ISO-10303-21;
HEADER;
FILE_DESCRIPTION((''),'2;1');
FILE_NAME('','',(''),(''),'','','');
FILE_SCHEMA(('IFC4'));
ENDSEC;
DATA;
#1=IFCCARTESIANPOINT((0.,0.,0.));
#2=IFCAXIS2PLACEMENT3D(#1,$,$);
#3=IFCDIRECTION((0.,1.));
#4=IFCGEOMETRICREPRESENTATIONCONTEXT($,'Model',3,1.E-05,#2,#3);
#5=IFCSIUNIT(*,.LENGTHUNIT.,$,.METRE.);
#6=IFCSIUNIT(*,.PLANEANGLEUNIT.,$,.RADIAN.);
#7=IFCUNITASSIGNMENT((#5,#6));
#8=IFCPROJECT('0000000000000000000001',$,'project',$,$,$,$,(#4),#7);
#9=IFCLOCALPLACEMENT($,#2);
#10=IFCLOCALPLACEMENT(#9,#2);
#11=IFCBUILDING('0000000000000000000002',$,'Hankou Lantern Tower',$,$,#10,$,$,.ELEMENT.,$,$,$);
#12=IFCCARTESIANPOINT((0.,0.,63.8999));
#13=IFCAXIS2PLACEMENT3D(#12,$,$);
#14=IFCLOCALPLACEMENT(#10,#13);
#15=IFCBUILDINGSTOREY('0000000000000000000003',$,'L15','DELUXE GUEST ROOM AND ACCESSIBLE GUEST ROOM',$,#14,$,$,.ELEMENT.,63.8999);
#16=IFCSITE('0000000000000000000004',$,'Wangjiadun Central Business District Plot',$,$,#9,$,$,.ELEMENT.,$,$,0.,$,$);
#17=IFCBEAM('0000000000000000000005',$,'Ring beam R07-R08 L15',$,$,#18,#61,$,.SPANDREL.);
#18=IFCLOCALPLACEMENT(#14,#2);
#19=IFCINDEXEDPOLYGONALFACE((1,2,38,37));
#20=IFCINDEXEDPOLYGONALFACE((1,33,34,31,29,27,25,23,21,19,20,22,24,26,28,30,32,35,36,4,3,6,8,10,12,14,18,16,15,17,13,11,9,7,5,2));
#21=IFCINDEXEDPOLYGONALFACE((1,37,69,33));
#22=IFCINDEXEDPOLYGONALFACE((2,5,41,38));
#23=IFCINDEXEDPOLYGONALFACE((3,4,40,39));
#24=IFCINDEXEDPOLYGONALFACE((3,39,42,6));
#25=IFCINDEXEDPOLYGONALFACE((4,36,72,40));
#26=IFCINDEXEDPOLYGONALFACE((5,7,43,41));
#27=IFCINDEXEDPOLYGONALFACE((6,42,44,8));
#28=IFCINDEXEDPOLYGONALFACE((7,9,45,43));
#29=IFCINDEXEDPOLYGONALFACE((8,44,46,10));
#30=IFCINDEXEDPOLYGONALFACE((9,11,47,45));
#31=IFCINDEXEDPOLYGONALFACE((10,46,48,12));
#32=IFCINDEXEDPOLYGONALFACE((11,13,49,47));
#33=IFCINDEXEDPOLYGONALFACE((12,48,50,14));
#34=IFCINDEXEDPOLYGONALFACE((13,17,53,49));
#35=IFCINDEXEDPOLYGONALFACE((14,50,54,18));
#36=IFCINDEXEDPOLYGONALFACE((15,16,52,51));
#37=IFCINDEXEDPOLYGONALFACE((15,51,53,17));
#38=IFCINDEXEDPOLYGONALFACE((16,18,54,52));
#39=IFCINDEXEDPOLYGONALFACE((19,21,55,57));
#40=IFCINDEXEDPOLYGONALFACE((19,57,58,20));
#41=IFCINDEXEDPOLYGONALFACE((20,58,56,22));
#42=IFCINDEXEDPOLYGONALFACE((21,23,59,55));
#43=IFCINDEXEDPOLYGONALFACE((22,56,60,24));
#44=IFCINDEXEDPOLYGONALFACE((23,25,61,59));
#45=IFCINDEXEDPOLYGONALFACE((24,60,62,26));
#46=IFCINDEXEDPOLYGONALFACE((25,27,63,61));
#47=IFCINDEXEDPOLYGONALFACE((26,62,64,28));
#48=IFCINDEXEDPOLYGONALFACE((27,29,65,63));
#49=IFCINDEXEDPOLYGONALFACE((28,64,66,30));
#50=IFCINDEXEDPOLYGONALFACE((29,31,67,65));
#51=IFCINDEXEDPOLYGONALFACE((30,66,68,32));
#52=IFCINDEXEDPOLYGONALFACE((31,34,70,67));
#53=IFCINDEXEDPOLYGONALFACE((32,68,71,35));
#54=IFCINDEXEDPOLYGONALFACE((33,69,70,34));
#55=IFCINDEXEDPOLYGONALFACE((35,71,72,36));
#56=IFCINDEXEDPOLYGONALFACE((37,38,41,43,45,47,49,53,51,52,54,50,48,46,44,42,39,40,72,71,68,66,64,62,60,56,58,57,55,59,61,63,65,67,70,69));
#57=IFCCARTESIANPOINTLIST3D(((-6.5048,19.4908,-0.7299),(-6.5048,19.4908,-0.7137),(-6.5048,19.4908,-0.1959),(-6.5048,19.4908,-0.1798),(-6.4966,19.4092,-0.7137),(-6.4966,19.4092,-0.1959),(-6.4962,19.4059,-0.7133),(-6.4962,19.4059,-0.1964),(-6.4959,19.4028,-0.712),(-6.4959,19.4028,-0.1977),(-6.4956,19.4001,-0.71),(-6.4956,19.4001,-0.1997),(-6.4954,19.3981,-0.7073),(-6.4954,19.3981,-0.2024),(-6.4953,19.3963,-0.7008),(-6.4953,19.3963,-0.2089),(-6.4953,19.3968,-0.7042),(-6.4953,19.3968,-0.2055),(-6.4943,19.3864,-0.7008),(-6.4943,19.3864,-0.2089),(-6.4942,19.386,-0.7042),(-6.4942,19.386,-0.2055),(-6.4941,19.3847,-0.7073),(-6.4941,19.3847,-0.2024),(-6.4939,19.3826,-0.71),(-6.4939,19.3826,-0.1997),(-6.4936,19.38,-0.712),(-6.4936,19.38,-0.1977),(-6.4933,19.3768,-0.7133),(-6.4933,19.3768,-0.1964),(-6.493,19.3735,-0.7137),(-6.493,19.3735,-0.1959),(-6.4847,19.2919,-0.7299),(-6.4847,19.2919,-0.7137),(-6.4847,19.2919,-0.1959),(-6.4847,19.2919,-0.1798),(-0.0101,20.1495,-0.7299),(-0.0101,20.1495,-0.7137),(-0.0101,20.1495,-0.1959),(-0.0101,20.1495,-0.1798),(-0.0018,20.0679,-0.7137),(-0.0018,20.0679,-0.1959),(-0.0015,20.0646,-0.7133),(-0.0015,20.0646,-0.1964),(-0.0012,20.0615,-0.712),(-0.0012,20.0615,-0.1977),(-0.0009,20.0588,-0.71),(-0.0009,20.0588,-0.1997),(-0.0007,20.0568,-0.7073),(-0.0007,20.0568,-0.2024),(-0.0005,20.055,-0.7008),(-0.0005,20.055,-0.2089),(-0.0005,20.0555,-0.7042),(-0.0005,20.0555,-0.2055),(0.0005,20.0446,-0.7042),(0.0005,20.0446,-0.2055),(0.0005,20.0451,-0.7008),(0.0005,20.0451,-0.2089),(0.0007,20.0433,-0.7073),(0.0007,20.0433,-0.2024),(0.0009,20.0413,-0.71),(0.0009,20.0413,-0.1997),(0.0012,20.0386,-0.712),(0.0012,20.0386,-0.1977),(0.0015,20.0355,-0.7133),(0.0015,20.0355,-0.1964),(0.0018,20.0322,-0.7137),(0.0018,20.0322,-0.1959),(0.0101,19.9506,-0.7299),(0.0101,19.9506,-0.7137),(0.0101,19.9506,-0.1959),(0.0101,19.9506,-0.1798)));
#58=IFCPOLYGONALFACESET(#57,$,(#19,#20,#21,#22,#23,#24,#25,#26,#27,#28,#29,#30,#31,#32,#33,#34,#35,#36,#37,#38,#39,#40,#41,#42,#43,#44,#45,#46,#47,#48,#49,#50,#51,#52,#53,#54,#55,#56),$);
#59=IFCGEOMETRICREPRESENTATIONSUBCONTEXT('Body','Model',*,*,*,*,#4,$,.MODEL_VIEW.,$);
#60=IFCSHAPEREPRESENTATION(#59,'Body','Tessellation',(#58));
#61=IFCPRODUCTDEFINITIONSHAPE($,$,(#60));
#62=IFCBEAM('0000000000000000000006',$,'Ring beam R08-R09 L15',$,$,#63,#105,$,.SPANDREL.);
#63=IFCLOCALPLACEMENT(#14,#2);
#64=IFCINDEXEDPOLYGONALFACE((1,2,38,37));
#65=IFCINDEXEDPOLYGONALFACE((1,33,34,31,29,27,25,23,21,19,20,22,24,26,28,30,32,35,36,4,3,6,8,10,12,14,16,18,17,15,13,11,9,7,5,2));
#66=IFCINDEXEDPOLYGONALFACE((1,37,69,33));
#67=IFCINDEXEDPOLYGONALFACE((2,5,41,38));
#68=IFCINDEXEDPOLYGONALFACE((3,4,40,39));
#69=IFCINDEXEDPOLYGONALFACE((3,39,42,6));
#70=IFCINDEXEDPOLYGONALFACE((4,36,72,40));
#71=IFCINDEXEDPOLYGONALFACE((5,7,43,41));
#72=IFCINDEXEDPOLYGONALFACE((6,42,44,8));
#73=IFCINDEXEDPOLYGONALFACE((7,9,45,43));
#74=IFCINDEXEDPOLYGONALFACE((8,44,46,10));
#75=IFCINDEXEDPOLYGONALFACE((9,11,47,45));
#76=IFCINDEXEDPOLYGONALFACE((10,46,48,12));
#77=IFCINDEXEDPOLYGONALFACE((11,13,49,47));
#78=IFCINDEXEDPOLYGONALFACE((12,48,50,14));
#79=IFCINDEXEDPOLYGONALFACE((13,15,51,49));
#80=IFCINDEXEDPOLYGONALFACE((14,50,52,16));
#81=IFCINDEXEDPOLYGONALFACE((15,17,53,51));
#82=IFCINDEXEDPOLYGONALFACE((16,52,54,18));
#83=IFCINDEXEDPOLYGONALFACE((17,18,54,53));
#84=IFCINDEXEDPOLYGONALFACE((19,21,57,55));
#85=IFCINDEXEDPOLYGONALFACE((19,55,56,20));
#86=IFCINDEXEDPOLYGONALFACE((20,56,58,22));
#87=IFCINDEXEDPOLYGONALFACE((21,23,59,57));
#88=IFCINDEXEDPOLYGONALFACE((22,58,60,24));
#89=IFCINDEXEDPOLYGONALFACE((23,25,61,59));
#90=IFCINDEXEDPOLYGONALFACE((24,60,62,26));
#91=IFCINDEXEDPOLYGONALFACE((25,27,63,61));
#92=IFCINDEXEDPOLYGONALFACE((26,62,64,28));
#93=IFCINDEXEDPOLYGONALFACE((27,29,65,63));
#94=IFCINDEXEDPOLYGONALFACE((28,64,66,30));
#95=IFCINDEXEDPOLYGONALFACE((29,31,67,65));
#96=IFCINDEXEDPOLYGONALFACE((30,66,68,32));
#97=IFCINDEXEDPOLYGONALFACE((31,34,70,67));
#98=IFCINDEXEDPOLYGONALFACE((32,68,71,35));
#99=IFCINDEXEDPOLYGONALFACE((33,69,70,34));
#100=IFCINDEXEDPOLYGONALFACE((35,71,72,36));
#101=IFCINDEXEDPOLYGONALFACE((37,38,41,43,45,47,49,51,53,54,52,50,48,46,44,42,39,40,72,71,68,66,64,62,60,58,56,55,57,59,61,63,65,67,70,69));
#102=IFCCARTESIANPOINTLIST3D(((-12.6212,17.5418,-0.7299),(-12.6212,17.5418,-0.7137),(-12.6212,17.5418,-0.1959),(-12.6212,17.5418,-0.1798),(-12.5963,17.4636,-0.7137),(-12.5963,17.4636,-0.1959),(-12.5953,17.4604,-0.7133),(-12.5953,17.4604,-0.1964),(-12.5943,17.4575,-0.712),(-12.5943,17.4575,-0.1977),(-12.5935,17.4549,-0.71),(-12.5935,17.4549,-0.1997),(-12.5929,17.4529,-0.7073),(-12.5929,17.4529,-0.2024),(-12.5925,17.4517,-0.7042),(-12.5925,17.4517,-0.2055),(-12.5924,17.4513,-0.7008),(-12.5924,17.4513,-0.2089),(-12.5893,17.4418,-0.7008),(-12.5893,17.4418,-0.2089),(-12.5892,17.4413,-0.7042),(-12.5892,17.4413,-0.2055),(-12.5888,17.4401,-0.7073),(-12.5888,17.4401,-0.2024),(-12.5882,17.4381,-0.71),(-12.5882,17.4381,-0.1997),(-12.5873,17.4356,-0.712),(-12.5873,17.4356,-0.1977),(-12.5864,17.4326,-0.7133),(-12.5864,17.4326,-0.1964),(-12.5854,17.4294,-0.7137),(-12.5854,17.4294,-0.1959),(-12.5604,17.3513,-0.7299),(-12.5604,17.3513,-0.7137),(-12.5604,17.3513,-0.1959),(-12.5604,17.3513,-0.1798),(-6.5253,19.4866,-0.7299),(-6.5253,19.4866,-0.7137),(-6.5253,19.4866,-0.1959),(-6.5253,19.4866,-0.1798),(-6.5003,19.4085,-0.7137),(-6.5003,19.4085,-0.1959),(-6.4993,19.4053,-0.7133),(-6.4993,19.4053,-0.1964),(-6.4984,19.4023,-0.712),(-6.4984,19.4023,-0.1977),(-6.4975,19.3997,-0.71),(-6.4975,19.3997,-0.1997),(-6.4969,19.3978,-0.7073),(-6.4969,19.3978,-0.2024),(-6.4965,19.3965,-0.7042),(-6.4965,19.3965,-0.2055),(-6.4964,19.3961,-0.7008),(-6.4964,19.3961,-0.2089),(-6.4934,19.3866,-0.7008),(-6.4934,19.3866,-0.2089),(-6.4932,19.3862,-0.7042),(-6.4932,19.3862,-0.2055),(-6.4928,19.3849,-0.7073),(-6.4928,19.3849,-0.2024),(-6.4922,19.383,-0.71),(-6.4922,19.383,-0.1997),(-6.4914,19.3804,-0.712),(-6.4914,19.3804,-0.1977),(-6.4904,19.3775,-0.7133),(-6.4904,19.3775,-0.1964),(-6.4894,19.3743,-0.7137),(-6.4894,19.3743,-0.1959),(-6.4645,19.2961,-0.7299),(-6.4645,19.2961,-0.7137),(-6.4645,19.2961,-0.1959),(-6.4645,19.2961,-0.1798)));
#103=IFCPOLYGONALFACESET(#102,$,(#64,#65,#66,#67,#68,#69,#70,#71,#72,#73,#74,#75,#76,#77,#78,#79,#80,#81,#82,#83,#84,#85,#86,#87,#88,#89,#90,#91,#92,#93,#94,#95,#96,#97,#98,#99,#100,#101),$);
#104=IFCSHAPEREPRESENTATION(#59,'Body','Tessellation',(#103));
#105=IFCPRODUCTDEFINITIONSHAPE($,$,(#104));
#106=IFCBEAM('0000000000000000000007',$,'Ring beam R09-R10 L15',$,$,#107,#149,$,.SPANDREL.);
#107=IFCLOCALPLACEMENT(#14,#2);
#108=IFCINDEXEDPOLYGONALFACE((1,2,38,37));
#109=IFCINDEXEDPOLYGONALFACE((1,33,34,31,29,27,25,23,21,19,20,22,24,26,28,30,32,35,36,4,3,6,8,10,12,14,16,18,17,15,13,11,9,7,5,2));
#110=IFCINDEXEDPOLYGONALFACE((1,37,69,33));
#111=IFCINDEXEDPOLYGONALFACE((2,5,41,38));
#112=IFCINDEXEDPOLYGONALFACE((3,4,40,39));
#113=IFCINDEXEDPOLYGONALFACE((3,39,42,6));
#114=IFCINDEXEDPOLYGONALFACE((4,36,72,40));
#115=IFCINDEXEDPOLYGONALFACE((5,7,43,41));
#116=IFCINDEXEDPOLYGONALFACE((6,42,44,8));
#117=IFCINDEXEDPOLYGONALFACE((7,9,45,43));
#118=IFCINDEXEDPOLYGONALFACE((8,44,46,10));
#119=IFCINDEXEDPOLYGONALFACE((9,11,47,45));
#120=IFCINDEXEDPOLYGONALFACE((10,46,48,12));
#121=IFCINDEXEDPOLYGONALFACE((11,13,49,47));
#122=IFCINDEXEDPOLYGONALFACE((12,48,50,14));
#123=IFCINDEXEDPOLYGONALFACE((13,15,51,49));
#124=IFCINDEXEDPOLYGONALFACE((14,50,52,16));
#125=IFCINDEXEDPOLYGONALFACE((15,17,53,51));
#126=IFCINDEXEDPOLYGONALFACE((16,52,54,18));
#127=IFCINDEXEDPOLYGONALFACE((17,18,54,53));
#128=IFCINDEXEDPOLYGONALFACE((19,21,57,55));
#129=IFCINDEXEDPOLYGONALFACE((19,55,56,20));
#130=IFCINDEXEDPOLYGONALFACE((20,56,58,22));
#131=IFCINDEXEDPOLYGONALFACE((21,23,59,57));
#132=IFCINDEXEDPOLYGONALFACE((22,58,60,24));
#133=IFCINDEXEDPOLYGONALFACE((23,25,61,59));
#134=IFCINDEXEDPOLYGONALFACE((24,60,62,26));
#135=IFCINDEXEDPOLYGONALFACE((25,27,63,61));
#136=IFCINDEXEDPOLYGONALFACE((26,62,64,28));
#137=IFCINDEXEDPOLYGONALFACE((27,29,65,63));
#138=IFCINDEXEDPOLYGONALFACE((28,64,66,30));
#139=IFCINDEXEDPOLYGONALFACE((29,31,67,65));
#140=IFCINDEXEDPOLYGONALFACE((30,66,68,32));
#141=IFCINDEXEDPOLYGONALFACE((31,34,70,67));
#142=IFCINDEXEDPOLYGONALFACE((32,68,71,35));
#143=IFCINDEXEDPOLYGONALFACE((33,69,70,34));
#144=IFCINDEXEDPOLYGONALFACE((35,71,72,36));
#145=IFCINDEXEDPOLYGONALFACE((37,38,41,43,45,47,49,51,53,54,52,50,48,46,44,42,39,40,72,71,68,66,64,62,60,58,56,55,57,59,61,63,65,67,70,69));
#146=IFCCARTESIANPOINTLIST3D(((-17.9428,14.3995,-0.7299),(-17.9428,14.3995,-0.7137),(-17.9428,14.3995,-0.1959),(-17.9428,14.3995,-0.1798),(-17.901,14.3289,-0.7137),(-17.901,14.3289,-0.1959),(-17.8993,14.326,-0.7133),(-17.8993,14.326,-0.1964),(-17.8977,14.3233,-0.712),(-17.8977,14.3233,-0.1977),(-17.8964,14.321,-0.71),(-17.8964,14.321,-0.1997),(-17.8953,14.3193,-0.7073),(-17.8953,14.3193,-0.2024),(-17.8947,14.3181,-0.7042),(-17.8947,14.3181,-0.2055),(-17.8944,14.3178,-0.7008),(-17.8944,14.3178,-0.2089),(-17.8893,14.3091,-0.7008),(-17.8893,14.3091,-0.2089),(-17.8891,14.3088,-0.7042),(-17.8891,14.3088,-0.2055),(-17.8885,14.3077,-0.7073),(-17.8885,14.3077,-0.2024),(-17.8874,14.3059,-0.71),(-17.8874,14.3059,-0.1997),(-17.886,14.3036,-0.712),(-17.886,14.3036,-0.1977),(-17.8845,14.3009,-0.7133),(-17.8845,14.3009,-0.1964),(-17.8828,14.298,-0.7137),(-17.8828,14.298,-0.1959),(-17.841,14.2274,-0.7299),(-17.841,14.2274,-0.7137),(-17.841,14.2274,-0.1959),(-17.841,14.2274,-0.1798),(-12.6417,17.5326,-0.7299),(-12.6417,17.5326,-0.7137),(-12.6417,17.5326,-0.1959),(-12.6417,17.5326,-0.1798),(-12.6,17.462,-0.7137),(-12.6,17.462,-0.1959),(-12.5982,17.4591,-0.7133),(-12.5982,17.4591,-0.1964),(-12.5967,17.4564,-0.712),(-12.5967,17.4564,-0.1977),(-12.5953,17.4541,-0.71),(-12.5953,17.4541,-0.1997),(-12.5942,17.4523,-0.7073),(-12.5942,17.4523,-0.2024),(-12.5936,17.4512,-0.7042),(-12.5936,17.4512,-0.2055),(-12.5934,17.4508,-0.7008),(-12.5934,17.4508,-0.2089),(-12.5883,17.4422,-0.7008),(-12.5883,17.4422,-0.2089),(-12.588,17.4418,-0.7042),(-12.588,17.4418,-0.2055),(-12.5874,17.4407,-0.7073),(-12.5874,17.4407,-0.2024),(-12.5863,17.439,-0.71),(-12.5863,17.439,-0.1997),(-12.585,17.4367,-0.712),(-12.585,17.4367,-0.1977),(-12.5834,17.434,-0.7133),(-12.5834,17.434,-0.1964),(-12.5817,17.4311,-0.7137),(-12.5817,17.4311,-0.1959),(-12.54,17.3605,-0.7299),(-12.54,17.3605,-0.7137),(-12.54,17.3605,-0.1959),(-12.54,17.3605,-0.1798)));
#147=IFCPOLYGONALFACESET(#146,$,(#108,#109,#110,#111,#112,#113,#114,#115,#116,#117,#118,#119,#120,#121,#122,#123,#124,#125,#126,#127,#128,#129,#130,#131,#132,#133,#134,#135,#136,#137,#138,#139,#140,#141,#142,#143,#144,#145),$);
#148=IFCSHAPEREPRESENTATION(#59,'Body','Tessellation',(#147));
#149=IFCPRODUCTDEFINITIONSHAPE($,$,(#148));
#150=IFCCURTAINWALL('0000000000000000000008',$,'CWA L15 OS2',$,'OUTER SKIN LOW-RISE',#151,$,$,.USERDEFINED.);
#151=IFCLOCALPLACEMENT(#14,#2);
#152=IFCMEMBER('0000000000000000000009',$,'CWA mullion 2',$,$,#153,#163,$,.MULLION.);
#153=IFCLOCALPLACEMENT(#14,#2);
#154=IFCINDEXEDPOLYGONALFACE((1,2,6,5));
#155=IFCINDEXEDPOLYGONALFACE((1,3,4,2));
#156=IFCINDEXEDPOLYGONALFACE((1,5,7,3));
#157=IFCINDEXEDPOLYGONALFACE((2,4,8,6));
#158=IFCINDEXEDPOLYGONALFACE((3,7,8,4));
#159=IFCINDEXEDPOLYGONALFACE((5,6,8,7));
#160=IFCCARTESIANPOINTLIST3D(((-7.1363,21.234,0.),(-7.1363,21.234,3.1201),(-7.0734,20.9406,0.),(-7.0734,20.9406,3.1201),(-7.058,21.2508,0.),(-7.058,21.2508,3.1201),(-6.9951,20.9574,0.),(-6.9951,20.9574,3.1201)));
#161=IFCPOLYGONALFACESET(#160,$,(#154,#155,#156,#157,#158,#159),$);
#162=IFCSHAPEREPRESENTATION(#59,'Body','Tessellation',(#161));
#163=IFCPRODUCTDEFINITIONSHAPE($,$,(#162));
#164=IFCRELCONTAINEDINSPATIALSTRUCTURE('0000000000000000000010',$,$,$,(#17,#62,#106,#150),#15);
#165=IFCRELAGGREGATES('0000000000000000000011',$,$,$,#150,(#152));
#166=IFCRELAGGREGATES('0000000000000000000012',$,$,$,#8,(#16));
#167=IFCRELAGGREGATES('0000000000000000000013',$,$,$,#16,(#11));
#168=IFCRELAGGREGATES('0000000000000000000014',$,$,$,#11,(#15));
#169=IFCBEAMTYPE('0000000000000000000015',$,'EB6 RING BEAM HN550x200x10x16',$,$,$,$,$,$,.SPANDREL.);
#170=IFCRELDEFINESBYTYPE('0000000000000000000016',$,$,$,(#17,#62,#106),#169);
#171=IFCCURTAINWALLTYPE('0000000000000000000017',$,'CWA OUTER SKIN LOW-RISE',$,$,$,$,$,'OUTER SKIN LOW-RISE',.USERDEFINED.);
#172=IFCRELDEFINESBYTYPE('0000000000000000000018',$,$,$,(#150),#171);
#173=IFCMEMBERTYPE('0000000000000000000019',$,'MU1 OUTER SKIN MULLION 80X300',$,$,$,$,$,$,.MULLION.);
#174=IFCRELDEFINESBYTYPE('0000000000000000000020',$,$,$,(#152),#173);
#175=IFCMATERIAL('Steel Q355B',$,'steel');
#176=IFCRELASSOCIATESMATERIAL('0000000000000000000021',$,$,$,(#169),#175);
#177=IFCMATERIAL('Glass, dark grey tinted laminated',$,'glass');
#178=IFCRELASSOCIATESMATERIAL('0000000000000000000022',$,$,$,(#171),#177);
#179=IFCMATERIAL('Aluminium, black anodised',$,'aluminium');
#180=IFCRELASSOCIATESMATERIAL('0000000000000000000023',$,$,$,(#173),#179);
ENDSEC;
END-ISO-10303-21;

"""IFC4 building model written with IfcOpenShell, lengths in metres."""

from ifc_helpers import new_model, si_unit, direction, frame, origin, origin_2d, place, context, subcontext, project, spatial, rectangle, i_section, extrude, material, material_profile, profile_set, type_object, element, aggregate, save


model = new_model("IFC4")

# Units and contexts
model_context = context("Model", 3, precision=1e-05, world=origin(), true_north=direction((0.0, 1.0)))
body_context = subcontext(model_context, "Body", "Model", "MODEL_VIEW")
ifc_project = project(units=[si_unit("LENGTHUNIT", "METRE"), si_unit("PLANEANGLEUNIT", "RADIAN")], contexts=[model_context])

# Site, building, storey
site_placement = place(None, origin())
site = spatial("IfcSite", under=ifc_project, at=site_placement, Name="Wangjiadun Central Business District Plot", CompositionType="ELEMENT", RefElevation=0.0)
building_placement = place(site_placement, origin())
building = spatial("IfcBuilding", under=site, at=building_placement, Name="Hankou Lantern Tower", CompositionType="ELEMENT")
storey_placement = place(building_placement, frame((0.0, 0.0, 63.8999)))
storey = spatial("IfcBuildingStorey", under=building, at=storey_placement, Name="L15", Description="DELUXE GUEST ROOM AND ACCESSIBLE GUEST ROOM", CompositionType="ELEMENT", Elevation=63.8999)

# Beams
ifc_material_1 = material(Name="Steel Q355B", Category="steel")
ifc_material_profile_1 = material_profile(ifc_material_1, i_section(OverallWidth=0.2, OverallDepth=0.55, WebThickness=0.01, FlangeThickness=0.0161, FilletRadius=0.0129, at=origin_2d()), Name="HN550x200x10x16")
ifc_profile_set_1 = profile_set([ifc_material_profile_1], Name="Steel Q355B")
beam_type_1 = type_object("IfcBeamType", Name="EB6 RING BEAM HN550x200x10x16", PredefinedType="SPANDREL", material=ifc_profile_set_1)
beam_1_placement = place(storey_placement, frame((0.0, 20.05, -0.4548), z_axis=(-0.994897, -0.1009, 0.0), x_axis=(0.1009, -0.994897, 0.0)))
element("IfcBeam", 1, at=beam_1_placement, inside=storey, type_object=beam_type_1, Name="Ring beam R07-R08 L15", PredefinedType="SPANDREL", context=body_context, shape_type="SweptSolid", body=[
    extrude(i_section(OverallWidth=0.2, OverallDepth=0.55, WebThickness=0.01, FlangeThickness=0.0161, FilletRadius=0.0129, at=origin_2d()), origin(), (0.0, 0.0, 1.0), 6.5281),
])
beam_2_placement = place(storey_placement, frame((-6.4949, 19.3914, -0.4548), z_axis=(-0.95269, -0.303942, 0.0), x_axis=(0.303942, -0.95269, 0.0)))
element("IfcBeam", 2, at=beam_2_placement, inside=storey, type_object=beam_type_1, Name="Ring beam R08-R09 L15", PredefinedType="SPANDREL", context=body_context, shape_type="SweptSolid", body=[
    extrude(i_section(OverallWidth=0.2, OverallDepth=0.55, WebThickness=0.01, FlangeThickness=0.0161, FilletRadius=0.0129, at=origin_2d()), origin(), (0.0, 0.0, 1.0), 6.3987),
])
beam_3_placement = place(storey_placement, frame((-12.5908, 17.4465, -0.4548), z_axis=(-0.860882, -0.508805, 0.0), x_axis=(0.508805, -0.860882, 0.0)))
element("IfcBeam", 3, at=beam_3_placement, inside=storey, type_object=beam_type_1, Name="Ring beam R09-R10 L15", PredefinedType="SPANDREL", context=body_context, shape_type="SweptSolid", body=[
    extrude(i_section(OverallWidth=0.2, OverallDepth=0.55, WebThickness=0.01, FlangeThickness=0.0161, FilletRadius=0.0129, at=origin_2d()), origin(), (0.0, 0.0, 1.0), 6.1577),
])

# Curtain wall, member
ifc_material_2 = material(Name="Glass, dark grey tinted laminated", Category="glass")
curtain_wall_type = type_object("IfcCurtainWallType", Name="CWA OUTER SKIN LOW-RISE", ElementType="OUTER SKIN LOW-RISE", PredefinedType="USERDEFINED", material=ifc_material_2)
curtain_wall_placement = place(storey_placement, origin())
curtain_wall = element("IfcCurtainWall", 4, at=curtain_wall_placement, inside=storey, type_object=curtain_wall_type, Name="CWA L15 OS2", ObjectType="OUTER SKIN LOW-RISE", PredefinedType="USERDEFINED")
ifc_material_3 = material(Name="Aluminium, black anodised", Category="aluminium")
ifc_material_profile_2 = material_profile(ifc_material_3, rectangle(XDim=0.0801, YDim=0.3, at=origin_2d()), Name="MU1 80X300")
ifc_profile_set_2 = profile_set([ifc_material_profile_2], Name="Aluminium, black anodised")
member_type_1 = type_object("IfcMemberType", Name="MU1 OUTER SKIN MULLION 80X300", PredefinedType="MULLION", material=ifc_profile_set_2)
member_1_placement = place(storey_placement, frame((-7.0657, 21.0957, 0.0), z_axis=(0.0, 0.0, 1.0), x_axis=(-0.977788, -0.209598, 0.0)))
member_1 = element("IfcMember", 5, at=member_1_placement, type_object=member_type_1, Name="CWA mullion 2", PredefinedType="MULLION", context=body_context, shape_type="SweptSolid", body=[
    extrude(rectangle(XDim=0.0801, YDim=0.3, at=origin_2d()), origin(), (0.0, 0.0, 1.0), 3.1201),
])

aggregate(curtain_wall, [member_1])

save(model, "model.ifc")
